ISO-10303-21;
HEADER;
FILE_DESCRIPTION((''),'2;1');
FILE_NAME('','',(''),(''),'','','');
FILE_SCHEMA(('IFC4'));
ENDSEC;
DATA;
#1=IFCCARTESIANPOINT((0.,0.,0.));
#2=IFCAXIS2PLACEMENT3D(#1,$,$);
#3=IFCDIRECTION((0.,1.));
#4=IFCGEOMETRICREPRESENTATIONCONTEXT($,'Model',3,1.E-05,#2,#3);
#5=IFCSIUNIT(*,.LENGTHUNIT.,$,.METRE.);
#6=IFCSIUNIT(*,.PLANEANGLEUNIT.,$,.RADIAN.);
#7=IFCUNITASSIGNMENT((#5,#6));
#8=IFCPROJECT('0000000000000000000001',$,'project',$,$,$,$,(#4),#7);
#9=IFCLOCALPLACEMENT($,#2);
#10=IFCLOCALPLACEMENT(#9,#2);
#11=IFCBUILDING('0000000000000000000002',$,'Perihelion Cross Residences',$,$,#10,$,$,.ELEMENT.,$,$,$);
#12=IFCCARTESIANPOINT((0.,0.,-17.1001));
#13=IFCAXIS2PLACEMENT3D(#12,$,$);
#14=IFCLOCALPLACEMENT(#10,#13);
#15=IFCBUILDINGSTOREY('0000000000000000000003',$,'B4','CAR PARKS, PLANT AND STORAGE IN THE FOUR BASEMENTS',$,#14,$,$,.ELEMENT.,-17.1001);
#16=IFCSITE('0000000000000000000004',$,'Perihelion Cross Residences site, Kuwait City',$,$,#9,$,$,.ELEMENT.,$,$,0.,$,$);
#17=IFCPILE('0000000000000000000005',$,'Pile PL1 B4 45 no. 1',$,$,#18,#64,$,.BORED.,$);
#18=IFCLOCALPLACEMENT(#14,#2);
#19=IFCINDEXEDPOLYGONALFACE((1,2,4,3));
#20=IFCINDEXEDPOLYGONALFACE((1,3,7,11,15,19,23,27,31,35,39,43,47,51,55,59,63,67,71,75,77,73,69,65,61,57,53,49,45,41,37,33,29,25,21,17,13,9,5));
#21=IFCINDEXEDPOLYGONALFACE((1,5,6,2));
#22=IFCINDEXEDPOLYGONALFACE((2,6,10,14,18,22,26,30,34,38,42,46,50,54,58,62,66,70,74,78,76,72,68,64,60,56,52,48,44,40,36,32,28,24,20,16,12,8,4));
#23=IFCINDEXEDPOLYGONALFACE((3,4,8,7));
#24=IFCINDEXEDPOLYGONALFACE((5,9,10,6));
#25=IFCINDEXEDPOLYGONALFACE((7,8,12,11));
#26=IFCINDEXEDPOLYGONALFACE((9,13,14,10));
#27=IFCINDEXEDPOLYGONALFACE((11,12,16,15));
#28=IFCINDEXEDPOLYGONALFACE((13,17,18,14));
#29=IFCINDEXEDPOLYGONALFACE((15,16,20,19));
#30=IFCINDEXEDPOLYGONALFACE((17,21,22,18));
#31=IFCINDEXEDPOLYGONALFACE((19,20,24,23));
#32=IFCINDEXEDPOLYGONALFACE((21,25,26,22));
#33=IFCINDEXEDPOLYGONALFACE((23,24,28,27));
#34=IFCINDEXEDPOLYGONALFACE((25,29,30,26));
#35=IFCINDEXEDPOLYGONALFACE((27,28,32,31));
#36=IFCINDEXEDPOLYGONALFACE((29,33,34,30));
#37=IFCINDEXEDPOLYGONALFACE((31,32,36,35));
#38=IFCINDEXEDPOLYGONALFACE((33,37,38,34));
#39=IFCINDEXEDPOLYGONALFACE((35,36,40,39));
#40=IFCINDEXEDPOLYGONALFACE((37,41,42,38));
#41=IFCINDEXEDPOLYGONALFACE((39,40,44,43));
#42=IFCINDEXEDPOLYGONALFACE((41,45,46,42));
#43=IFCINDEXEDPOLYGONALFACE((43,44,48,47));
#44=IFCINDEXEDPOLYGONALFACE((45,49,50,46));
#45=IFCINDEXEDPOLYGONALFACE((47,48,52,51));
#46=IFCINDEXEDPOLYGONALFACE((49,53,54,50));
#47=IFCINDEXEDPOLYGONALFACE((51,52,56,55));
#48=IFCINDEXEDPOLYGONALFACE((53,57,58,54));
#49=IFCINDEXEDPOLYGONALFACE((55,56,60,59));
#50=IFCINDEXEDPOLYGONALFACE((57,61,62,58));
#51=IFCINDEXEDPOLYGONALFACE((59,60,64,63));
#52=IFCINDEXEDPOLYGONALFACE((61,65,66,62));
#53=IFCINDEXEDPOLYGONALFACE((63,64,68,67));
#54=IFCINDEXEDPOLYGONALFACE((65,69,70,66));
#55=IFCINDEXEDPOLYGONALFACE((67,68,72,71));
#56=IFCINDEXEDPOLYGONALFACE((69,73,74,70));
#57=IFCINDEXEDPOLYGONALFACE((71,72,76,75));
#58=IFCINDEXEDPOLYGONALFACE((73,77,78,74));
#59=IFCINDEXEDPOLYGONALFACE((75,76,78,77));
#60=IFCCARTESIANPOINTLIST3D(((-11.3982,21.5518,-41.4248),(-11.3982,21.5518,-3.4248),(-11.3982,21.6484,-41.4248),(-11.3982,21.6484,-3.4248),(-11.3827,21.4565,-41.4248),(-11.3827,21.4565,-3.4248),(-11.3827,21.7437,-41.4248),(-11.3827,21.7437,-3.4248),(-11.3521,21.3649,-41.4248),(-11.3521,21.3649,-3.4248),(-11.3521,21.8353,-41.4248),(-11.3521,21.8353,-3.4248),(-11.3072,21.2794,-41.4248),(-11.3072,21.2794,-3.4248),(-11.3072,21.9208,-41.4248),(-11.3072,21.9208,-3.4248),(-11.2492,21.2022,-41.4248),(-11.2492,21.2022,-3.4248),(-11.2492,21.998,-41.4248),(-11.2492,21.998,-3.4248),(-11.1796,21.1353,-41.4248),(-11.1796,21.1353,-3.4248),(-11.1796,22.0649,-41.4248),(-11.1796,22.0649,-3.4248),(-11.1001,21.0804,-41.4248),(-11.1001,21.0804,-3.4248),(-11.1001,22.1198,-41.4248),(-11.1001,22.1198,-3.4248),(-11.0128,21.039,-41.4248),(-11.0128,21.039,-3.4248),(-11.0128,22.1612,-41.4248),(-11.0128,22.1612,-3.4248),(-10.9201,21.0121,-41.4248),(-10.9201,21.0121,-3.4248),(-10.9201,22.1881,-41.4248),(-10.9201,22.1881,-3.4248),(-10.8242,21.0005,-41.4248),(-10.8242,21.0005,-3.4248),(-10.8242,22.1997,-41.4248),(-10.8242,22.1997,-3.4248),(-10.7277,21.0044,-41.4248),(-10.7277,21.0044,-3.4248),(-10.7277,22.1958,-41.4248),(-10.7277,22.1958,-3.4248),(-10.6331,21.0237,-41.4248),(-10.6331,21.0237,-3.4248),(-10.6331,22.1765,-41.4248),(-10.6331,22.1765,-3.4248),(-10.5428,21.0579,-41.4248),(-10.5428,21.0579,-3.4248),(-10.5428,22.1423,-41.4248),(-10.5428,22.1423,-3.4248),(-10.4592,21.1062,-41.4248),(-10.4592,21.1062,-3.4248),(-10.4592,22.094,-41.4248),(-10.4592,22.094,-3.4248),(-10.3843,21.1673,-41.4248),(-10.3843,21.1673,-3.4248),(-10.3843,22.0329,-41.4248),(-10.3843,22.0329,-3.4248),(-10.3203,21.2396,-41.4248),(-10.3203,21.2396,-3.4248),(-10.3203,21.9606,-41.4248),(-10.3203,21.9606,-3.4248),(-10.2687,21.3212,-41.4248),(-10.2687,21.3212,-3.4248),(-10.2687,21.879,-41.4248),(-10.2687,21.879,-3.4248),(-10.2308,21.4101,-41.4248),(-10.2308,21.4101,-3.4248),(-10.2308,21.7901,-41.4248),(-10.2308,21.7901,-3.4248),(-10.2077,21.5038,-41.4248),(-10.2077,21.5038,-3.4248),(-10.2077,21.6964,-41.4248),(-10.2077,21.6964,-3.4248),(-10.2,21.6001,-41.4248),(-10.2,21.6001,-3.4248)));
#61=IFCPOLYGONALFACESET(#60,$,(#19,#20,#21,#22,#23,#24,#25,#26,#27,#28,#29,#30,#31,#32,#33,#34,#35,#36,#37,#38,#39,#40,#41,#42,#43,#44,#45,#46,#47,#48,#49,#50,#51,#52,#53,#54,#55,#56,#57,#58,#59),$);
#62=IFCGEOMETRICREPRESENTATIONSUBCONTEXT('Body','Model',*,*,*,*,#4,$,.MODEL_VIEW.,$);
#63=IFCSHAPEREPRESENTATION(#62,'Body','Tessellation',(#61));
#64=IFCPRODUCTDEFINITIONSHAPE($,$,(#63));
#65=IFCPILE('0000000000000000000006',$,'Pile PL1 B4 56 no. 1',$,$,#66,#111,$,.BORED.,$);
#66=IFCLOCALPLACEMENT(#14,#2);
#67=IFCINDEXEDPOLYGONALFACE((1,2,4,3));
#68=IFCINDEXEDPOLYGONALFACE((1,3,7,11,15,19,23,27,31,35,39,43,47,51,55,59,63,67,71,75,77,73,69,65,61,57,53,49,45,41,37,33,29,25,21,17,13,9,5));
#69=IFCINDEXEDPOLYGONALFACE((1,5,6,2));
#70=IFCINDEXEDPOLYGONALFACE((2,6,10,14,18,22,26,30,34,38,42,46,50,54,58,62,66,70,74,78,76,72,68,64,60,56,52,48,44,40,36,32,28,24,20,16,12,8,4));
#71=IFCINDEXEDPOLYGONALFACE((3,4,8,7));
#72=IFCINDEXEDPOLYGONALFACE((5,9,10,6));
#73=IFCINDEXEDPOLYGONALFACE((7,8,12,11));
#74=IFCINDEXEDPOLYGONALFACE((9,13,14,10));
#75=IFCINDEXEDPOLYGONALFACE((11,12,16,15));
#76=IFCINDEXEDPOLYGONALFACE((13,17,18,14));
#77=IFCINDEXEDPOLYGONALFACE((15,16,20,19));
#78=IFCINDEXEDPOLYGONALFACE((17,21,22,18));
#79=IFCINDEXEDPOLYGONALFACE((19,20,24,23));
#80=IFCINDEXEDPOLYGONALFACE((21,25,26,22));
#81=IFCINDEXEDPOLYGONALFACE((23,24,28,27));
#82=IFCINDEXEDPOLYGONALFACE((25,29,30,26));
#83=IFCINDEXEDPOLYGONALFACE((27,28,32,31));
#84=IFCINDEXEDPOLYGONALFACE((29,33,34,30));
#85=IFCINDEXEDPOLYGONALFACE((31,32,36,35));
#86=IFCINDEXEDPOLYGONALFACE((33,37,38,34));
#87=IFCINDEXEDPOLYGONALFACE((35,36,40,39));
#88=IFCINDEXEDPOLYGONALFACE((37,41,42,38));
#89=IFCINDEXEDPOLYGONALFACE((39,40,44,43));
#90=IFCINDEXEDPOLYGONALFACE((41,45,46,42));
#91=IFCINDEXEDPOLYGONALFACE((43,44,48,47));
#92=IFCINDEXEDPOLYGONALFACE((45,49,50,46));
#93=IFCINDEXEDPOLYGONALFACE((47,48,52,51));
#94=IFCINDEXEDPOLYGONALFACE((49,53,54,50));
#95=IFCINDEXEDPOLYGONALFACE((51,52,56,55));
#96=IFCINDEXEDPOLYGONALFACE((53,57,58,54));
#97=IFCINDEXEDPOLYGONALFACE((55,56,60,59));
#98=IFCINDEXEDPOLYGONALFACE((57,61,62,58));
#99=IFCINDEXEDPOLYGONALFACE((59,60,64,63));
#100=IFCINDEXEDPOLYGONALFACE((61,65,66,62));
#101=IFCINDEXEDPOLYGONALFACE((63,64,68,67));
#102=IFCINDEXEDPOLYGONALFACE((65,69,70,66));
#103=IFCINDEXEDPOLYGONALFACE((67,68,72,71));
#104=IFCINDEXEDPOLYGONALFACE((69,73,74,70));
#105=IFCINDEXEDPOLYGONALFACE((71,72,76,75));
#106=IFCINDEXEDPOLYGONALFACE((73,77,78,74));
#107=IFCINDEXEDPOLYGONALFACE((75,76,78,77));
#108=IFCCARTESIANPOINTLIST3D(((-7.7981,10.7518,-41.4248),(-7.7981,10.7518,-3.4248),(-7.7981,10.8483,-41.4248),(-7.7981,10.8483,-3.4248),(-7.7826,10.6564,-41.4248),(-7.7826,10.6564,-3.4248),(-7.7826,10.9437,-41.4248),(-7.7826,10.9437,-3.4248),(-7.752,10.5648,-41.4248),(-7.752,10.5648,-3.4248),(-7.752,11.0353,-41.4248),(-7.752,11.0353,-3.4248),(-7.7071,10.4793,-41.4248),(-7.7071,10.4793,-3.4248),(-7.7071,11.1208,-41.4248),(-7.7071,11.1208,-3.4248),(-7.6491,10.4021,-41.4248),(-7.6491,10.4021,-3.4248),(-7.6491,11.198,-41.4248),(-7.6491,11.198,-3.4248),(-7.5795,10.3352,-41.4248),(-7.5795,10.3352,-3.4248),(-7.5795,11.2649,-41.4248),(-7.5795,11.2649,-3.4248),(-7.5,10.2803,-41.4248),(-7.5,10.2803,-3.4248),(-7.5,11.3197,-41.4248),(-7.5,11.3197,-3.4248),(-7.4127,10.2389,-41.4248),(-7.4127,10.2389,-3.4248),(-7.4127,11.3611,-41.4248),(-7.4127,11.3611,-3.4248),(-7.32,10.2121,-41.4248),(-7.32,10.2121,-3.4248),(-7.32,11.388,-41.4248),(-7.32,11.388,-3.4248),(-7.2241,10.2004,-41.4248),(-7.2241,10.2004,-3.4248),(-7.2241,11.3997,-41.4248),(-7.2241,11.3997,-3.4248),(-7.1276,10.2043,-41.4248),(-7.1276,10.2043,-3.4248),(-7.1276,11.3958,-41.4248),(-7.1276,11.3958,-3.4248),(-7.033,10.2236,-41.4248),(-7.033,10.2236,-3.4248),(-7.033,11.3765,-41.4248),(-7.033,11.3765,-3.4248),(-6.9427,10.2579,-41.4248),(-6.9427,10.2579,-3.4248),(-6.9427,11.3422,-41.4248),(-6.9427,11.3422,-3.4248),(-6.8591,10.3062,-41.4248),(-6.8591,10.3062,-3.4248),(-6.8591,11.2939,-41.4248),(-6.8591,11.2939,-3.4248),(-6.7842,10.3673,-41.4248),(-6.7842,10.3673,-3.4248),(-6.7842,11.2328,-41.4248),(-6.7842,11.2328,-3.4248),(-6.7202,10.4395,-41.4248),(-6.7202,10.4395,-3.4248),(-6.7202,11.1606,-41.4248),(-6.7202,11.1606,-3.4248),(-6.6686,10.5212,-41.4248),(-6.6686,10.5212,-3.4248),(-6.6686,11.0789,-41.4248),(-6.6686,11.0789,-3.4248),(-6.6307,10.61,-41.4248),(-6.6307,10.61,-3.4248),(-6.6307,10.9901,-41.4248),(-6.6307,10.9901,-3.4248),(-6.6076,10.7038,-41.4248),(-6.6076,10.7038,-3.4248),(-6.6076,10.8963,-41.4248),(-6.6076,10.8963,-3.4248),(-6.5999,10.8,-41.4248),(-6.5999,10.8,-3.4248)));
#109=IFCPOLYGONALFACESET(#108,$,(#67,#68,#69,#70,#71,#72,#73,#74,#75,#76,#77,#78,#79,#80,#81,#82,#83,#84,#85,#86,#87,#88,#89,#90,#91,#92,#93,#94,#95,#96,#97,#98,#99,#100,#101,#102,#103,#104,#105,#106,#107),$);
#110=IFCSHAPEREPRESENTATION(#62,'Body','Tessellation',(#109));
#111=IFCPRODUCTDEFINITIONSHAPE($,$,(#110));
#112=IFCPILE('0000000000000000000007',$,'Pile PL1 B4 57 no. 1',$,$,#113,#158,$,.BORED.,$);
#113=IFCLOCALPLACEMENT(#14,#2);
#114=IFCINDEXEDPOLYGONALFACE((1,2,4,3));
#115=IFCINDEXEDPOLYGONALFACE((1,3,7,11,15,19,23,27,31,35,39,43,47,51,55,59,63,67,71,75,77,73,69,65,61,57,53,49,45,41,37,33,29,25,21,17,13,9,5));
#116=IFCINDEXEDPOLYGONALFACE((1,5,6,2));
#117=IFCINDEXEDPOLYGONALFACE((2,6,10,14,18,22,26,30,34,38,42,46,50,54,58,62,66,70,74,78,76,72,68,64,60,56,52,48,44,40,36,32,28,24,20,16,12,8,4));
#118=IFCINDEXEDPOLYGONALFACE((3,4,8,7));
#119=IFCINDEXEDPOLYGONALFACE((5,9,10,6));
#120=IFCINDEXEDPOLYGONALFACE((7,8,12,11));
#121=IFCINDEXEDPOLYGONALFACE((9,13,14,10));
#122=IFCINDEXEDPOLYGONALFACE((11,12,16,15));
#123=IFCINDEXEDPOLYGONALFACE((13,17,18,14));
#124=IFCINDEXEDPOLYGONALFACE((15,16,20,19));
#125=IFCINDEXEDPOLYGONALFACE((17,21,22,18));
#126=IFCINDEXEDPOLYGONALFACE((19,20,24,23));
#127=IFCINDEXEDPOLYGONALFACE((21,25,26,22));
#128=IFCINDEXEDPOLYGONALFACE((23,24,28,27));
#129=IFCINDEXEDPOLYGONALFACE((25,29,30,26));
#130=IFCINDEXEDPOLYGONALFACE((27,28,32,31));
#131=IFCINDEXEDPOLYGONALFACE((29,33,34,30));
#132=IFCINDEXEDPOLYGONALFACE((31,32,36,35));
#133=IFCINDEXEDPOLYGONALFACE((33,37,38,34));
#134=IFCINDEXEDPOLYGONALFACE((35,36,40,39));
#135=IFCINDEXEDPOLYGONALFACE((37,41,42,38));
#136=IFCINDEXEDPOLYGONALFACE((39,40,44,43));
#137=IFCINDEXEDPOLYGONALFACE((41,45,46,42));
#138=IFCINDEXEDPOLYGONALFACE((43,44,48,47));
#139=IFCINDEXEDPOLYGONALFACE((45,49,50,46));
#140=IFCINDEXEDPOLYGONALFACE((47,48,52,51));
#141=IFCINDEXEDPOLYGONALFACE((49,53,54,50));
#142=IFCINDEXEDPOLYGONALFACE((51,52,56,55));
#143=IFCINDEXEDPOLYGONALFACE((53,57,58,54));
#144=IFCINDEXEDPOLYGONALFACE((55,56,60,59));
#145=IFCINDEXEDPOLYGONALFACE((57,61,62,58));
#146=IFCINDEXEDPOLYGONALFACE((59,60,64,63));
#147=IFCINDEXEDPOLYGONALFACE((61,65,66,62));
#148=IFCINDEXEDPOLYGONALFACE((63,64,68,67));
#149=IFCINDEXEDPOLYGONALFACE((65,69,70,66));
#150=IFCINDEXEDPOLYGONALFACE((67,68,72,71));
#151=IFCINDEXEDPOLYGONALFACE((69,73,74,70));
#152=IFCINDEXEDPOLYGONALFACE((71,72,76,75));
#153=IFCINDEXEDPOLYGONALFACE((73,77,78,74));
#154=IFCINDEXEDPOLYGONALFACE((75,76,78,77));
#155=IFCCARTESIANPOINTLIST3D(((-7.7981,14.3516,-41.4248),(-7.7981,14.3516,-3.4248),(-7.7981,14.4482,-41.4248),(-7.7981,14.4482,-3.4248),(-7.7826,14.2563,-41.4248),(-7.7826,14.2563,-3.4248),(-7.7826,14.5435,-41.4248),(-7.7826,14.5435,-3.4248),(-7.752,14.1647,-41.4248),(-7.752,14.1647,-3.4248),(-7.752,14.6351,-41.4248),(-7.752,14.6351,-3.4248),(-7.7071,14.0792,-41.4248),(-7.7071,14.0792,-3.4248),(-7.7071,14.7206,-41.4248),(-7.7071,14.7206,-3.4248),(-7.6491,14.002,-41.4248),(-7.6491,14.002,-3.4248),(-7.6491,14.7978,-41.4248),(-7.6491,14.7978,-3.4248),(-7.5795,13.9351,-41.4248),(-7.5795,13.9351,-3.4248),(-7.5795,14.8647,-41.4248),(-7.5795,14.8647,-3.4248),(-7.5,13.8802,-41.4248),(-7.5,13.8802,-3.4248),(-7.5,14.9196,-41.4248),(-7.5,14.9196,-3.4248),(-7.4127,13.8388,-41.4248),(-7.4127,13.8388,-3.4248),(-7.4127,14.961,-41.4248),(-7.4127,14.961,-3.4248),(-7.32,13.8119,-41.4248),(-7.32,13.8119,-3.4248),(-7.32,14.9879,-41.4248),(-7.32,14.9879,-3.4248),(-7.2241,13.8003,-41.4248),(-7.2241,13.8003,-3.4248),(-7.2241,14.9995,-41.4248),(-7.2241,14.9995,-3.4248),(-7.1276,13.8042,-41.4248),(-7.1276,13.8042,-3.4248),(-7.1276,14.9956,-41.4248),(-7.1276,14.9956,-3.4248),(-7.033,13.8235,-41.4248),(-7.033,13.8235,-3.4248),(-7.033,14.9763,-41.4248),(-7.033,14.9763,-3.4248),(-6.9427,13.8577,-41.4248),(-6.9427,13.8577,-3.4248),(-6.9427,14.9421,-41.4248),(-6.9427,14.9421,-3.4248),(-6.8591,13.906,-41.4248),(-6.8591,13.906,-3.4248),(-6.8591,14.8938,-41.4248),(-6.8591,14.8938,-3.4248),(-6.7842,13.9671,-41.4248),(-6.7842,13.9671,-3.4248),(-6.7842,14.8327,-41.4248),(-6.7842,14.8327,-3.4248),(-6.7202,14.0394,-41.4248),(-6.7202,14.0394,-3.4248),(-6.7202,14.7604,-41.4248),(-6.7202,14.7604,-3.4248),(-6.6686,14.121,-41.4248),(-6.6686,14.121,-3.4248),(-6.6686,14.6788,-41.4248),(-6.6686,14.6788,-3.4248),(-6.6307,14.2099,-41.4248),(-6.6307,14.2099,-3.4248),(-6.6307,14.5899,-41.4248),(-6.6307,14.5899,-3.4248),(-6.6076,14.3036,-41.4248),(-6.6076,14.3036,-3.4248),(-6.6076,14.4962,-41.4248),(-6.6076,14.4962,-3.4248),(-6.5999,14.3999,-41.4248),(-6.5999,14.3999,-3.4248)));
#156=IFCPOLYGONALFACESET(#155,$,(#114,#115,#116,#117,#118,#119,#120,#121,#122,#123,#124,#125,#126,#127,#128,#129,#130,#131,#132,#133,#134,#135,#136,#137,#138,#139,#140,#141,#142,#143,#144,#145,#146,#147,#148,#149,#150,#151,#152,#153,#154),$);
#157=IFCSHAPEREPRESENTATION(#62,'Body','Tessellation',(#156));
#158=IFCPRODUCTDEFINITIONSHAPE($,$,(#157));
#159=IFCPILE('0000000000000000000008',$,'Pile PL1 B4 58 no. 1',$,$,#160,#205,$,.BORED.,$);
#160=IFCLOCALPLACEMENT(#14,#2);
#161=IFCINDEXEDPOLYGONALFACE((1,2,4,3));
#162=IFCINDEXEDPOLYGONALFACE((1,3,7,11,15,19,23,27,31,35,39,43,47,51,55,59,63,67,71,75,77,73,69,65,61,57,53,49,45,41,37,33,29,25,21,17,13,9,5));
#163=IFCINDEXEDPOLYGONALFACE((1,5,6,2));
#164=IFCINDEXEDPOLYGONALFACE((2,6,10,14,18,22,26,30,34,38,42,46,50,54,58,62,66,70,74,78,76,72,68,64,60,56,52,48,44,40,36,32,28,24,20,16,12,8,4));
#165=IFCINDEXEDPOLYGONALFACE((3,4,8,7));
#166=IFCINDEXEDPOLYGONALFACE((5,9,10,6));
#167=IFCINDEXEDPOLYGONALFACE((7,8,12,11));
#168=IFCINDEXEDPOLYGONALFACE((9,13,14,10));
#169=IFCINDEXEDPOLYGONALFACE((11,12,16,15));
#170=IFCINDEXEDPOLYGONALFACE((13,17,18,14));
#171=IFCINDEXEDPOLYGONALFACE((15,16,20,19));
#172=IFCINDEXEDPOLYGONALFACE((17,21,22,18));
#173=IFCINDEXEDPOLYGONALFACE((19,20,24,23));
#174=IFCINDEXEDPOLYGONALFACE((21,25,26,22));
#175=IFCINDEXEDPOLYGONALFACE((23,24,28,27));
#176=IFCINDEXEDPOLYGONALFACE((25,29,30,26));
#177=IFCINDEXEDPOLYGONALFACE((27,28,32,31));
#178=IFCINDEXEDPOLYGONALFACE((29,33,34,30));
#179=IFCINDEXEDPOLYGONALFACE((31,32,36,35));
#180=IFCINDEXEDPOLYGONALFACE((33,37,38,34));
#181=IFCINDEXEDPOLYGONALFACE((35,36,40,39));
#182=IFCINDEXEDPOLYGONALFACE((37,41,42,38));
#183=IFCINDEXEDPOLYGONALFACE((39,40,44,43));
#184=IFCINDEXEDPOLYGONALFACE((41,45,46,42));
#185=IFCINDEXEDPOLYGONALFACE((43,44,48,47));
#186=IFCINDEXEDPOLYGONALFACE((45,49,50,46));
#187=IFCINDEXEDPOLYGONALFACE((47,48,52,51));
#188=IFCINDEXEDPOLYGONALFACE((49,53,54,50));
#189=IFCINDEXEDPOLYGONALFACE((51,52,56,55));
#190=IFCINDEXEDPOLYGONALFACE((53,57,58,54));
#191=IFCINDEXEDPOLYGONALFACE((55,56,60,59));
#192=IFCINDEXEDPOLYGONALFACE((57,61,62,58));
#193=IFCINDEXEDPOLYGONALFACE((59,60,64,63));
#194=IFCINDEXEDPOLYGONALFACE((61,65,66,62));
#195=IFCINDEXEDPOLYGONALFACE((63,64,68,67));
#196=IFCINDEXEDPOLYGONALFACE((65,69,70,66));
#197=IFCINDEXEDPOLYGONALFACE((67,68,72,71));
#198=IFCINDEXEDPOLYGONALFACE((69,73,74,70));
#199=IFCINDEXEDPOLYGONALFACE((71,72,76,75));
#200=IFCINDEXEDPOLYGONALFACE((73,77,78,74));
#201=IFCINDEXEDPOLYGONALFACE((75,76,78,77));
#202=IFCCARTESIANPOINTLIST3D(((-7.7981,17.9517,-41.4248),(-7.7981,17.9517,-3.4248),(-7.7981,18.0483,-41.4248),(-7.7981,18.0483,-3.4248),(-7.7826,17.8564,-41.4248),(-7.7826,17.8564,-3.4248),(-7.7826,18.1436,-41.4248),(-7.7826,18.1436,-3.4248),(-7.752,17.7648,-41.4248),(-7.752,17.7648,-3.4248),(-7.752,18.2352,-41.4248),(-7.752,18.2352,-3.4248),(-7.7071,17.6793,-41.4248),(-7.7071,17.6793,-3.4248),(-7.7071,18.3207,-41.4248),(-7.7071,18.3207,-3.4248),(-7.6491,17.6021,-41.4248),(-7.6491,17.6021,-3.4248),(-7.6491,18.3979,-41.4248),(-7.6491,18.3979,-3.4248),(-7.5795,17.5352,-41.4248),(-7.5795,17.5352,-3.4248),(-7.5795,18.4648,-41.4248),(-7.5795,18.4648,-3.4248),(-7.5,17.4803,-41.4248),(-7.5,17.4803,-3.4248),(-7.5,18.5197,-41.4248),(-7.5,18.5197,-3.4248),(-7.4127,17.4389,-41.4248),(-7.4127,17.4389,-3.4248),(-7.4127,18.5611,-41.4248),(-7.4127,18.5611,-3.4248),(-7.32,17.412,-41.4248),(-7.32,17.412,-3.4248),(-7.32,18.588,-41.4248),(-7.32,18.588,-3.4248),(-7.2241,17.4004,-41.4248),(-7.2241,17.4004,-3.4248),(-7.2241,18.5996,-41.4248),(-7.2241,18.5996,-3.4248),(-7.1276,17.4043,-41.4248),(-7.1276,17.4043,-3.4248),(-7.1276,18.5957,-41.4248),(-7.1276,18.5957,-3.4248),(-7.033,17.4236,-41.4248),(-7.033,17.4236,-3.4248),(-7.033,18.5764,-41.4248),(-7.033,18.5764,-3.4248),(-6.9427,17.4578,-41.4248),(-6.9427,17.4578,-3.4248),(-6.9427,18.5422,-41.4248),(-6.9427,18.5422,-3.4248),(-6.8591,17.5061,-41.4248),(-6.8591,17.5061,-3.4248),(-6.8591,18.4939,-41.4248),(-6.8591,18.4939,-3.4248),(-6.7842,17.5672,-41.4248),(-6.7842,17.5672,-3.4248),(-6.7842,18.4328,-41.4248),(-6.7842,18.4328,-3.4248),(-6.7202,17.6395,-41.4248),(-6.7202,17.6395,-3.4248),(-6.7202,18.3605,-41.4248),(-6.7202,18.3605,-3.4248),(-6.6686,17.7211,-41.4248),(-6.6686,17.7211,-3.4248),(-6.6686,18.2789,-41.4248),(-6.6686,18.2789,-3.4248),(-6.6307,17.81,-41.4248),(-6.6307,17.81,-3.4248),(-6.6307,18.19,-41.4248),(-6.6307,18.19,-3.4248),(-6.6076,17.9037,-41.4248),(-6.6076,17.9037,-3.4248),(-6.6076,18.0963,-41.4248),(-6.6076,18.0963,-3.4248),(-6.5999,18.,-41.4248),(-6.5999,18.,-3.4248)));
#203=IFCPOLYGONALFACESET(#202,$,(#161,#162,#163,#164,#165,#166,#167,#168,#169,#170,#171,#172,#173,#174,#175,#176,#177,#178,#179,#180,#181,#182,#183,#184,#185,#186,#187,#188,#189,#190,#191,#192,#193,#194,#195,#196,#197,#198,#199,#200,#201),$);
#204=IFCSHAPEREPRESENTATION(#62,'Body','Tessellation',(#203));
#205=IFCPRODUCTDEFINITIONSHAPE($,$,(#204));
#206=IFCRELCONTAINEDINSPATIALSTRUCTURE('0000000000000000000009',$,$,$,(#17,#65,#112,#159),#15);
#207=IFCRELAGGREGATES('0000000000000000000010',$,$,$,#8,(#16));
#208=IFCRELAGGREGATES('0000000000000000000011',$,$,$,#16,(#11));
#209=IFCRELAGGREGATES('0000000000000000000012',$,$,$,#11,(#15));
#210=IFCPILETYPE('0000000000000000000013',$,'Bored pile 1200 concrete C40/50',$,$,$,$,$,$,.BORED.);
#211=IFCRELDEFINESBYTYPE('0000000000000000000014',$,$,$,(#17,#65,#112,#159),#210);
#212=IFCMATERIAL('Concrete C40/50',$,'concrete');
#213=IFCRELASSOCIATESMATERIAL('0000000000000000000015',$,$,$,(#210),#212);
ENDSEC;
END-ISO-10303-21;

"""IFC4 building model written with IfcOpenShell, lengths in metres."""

from ifc_helpers import new_model, si_unit, direction, frame, origin, origin_2d, place, context, subcontext, project, spatial, circle, extrude, material, type_object, element, save


model = new_model("IFC4")

# Units and contexts
model_context = context("Model", 3, precision=1e-05, world=origin(), true_north=direction((0.0, 1.0)))
body_context = subcontext(model_context, "Body", "Model", "MODEL_VIEW")
ifc_project = project(units=[si_unit("LENGTHUNIT", "METRE"), si_unit("PLANEANGLEUNIT", "RADIAN")], contexts=[model_context])

# Site, building, storey
site_placement = place(None, origin())
site = spatial("IfcSite", under=ifc_project, at=site_placement, Name="Perihelion Cross Residences site, Kuwait City", CompositionType="ELEMENT", RefElevation=0.0)
building_placement = place(site_placement, origin())
building = spatial("IfcBuilding", under=site, at=building_placement, Name="Perihelion Cross Residences", CompositionType="ELEMENT")
storey_placement = place(building_placement, frame((0.0, 0.0, -17.1001)))
storey = spatial("IfcBuildingStorey", under=building, at=storey_placement, Name="B4", Description="CAR PARKS, PLANT AND STORAGE IN THE FOUR BASEMENTS", CompositionType="ELEMENT", Elevation=-17.1001)

# Piles
ifc_material_1 = material(Name="Concrete C40/50", Category="concrete")
pile_type = type_object("IfcPileType", Name="Bored pile 1200 concrete C40/50", PredefinedType="BORED", material=ifc_material_1)
for number, where, z_axis, x_axis, name in (
    (1, (-10.8, 21.6001, -3.4248), (0.0, 0.0, -1.0), (1.0, 0.0, 0.0), "Pile PL1 B4 45 no. 1"),
    (2, (-7.2, 10.8, -3.4248), (0.0, 0.0, -1.0), (1.0, 0.0, 0.0), "Pile PL1 B4 56 no. 1"),
    (3, (-7.2, 14.3999, -3.4248), (0.0, 0.0, -1.0), (1.0, 0.0, 0.0), "Pile PL1 B4 57 no. 1"),
    (4, (-7.2, 18.0, -3.4248), (0.0, 0.0, -1.0), (1.0, 0.0, 0.0), "Pile PL1 B4 58 no. 1"),
):
    element("IfcPile", number, at=place(storey_placement, frame(where, z_axis=z_axis, x_axis=x_axis)), inside=storey, type_object=pile_type, Name=name, PredefinedType="BORED", context=body_context, shape_type="SweptSolid", body=[
        extrude(circle(Radius=0.6001, at=origin_2d()), origin(), (0.0, 0.0, 1.0), 38.0),
    ])

save(model, "model.ifc")
